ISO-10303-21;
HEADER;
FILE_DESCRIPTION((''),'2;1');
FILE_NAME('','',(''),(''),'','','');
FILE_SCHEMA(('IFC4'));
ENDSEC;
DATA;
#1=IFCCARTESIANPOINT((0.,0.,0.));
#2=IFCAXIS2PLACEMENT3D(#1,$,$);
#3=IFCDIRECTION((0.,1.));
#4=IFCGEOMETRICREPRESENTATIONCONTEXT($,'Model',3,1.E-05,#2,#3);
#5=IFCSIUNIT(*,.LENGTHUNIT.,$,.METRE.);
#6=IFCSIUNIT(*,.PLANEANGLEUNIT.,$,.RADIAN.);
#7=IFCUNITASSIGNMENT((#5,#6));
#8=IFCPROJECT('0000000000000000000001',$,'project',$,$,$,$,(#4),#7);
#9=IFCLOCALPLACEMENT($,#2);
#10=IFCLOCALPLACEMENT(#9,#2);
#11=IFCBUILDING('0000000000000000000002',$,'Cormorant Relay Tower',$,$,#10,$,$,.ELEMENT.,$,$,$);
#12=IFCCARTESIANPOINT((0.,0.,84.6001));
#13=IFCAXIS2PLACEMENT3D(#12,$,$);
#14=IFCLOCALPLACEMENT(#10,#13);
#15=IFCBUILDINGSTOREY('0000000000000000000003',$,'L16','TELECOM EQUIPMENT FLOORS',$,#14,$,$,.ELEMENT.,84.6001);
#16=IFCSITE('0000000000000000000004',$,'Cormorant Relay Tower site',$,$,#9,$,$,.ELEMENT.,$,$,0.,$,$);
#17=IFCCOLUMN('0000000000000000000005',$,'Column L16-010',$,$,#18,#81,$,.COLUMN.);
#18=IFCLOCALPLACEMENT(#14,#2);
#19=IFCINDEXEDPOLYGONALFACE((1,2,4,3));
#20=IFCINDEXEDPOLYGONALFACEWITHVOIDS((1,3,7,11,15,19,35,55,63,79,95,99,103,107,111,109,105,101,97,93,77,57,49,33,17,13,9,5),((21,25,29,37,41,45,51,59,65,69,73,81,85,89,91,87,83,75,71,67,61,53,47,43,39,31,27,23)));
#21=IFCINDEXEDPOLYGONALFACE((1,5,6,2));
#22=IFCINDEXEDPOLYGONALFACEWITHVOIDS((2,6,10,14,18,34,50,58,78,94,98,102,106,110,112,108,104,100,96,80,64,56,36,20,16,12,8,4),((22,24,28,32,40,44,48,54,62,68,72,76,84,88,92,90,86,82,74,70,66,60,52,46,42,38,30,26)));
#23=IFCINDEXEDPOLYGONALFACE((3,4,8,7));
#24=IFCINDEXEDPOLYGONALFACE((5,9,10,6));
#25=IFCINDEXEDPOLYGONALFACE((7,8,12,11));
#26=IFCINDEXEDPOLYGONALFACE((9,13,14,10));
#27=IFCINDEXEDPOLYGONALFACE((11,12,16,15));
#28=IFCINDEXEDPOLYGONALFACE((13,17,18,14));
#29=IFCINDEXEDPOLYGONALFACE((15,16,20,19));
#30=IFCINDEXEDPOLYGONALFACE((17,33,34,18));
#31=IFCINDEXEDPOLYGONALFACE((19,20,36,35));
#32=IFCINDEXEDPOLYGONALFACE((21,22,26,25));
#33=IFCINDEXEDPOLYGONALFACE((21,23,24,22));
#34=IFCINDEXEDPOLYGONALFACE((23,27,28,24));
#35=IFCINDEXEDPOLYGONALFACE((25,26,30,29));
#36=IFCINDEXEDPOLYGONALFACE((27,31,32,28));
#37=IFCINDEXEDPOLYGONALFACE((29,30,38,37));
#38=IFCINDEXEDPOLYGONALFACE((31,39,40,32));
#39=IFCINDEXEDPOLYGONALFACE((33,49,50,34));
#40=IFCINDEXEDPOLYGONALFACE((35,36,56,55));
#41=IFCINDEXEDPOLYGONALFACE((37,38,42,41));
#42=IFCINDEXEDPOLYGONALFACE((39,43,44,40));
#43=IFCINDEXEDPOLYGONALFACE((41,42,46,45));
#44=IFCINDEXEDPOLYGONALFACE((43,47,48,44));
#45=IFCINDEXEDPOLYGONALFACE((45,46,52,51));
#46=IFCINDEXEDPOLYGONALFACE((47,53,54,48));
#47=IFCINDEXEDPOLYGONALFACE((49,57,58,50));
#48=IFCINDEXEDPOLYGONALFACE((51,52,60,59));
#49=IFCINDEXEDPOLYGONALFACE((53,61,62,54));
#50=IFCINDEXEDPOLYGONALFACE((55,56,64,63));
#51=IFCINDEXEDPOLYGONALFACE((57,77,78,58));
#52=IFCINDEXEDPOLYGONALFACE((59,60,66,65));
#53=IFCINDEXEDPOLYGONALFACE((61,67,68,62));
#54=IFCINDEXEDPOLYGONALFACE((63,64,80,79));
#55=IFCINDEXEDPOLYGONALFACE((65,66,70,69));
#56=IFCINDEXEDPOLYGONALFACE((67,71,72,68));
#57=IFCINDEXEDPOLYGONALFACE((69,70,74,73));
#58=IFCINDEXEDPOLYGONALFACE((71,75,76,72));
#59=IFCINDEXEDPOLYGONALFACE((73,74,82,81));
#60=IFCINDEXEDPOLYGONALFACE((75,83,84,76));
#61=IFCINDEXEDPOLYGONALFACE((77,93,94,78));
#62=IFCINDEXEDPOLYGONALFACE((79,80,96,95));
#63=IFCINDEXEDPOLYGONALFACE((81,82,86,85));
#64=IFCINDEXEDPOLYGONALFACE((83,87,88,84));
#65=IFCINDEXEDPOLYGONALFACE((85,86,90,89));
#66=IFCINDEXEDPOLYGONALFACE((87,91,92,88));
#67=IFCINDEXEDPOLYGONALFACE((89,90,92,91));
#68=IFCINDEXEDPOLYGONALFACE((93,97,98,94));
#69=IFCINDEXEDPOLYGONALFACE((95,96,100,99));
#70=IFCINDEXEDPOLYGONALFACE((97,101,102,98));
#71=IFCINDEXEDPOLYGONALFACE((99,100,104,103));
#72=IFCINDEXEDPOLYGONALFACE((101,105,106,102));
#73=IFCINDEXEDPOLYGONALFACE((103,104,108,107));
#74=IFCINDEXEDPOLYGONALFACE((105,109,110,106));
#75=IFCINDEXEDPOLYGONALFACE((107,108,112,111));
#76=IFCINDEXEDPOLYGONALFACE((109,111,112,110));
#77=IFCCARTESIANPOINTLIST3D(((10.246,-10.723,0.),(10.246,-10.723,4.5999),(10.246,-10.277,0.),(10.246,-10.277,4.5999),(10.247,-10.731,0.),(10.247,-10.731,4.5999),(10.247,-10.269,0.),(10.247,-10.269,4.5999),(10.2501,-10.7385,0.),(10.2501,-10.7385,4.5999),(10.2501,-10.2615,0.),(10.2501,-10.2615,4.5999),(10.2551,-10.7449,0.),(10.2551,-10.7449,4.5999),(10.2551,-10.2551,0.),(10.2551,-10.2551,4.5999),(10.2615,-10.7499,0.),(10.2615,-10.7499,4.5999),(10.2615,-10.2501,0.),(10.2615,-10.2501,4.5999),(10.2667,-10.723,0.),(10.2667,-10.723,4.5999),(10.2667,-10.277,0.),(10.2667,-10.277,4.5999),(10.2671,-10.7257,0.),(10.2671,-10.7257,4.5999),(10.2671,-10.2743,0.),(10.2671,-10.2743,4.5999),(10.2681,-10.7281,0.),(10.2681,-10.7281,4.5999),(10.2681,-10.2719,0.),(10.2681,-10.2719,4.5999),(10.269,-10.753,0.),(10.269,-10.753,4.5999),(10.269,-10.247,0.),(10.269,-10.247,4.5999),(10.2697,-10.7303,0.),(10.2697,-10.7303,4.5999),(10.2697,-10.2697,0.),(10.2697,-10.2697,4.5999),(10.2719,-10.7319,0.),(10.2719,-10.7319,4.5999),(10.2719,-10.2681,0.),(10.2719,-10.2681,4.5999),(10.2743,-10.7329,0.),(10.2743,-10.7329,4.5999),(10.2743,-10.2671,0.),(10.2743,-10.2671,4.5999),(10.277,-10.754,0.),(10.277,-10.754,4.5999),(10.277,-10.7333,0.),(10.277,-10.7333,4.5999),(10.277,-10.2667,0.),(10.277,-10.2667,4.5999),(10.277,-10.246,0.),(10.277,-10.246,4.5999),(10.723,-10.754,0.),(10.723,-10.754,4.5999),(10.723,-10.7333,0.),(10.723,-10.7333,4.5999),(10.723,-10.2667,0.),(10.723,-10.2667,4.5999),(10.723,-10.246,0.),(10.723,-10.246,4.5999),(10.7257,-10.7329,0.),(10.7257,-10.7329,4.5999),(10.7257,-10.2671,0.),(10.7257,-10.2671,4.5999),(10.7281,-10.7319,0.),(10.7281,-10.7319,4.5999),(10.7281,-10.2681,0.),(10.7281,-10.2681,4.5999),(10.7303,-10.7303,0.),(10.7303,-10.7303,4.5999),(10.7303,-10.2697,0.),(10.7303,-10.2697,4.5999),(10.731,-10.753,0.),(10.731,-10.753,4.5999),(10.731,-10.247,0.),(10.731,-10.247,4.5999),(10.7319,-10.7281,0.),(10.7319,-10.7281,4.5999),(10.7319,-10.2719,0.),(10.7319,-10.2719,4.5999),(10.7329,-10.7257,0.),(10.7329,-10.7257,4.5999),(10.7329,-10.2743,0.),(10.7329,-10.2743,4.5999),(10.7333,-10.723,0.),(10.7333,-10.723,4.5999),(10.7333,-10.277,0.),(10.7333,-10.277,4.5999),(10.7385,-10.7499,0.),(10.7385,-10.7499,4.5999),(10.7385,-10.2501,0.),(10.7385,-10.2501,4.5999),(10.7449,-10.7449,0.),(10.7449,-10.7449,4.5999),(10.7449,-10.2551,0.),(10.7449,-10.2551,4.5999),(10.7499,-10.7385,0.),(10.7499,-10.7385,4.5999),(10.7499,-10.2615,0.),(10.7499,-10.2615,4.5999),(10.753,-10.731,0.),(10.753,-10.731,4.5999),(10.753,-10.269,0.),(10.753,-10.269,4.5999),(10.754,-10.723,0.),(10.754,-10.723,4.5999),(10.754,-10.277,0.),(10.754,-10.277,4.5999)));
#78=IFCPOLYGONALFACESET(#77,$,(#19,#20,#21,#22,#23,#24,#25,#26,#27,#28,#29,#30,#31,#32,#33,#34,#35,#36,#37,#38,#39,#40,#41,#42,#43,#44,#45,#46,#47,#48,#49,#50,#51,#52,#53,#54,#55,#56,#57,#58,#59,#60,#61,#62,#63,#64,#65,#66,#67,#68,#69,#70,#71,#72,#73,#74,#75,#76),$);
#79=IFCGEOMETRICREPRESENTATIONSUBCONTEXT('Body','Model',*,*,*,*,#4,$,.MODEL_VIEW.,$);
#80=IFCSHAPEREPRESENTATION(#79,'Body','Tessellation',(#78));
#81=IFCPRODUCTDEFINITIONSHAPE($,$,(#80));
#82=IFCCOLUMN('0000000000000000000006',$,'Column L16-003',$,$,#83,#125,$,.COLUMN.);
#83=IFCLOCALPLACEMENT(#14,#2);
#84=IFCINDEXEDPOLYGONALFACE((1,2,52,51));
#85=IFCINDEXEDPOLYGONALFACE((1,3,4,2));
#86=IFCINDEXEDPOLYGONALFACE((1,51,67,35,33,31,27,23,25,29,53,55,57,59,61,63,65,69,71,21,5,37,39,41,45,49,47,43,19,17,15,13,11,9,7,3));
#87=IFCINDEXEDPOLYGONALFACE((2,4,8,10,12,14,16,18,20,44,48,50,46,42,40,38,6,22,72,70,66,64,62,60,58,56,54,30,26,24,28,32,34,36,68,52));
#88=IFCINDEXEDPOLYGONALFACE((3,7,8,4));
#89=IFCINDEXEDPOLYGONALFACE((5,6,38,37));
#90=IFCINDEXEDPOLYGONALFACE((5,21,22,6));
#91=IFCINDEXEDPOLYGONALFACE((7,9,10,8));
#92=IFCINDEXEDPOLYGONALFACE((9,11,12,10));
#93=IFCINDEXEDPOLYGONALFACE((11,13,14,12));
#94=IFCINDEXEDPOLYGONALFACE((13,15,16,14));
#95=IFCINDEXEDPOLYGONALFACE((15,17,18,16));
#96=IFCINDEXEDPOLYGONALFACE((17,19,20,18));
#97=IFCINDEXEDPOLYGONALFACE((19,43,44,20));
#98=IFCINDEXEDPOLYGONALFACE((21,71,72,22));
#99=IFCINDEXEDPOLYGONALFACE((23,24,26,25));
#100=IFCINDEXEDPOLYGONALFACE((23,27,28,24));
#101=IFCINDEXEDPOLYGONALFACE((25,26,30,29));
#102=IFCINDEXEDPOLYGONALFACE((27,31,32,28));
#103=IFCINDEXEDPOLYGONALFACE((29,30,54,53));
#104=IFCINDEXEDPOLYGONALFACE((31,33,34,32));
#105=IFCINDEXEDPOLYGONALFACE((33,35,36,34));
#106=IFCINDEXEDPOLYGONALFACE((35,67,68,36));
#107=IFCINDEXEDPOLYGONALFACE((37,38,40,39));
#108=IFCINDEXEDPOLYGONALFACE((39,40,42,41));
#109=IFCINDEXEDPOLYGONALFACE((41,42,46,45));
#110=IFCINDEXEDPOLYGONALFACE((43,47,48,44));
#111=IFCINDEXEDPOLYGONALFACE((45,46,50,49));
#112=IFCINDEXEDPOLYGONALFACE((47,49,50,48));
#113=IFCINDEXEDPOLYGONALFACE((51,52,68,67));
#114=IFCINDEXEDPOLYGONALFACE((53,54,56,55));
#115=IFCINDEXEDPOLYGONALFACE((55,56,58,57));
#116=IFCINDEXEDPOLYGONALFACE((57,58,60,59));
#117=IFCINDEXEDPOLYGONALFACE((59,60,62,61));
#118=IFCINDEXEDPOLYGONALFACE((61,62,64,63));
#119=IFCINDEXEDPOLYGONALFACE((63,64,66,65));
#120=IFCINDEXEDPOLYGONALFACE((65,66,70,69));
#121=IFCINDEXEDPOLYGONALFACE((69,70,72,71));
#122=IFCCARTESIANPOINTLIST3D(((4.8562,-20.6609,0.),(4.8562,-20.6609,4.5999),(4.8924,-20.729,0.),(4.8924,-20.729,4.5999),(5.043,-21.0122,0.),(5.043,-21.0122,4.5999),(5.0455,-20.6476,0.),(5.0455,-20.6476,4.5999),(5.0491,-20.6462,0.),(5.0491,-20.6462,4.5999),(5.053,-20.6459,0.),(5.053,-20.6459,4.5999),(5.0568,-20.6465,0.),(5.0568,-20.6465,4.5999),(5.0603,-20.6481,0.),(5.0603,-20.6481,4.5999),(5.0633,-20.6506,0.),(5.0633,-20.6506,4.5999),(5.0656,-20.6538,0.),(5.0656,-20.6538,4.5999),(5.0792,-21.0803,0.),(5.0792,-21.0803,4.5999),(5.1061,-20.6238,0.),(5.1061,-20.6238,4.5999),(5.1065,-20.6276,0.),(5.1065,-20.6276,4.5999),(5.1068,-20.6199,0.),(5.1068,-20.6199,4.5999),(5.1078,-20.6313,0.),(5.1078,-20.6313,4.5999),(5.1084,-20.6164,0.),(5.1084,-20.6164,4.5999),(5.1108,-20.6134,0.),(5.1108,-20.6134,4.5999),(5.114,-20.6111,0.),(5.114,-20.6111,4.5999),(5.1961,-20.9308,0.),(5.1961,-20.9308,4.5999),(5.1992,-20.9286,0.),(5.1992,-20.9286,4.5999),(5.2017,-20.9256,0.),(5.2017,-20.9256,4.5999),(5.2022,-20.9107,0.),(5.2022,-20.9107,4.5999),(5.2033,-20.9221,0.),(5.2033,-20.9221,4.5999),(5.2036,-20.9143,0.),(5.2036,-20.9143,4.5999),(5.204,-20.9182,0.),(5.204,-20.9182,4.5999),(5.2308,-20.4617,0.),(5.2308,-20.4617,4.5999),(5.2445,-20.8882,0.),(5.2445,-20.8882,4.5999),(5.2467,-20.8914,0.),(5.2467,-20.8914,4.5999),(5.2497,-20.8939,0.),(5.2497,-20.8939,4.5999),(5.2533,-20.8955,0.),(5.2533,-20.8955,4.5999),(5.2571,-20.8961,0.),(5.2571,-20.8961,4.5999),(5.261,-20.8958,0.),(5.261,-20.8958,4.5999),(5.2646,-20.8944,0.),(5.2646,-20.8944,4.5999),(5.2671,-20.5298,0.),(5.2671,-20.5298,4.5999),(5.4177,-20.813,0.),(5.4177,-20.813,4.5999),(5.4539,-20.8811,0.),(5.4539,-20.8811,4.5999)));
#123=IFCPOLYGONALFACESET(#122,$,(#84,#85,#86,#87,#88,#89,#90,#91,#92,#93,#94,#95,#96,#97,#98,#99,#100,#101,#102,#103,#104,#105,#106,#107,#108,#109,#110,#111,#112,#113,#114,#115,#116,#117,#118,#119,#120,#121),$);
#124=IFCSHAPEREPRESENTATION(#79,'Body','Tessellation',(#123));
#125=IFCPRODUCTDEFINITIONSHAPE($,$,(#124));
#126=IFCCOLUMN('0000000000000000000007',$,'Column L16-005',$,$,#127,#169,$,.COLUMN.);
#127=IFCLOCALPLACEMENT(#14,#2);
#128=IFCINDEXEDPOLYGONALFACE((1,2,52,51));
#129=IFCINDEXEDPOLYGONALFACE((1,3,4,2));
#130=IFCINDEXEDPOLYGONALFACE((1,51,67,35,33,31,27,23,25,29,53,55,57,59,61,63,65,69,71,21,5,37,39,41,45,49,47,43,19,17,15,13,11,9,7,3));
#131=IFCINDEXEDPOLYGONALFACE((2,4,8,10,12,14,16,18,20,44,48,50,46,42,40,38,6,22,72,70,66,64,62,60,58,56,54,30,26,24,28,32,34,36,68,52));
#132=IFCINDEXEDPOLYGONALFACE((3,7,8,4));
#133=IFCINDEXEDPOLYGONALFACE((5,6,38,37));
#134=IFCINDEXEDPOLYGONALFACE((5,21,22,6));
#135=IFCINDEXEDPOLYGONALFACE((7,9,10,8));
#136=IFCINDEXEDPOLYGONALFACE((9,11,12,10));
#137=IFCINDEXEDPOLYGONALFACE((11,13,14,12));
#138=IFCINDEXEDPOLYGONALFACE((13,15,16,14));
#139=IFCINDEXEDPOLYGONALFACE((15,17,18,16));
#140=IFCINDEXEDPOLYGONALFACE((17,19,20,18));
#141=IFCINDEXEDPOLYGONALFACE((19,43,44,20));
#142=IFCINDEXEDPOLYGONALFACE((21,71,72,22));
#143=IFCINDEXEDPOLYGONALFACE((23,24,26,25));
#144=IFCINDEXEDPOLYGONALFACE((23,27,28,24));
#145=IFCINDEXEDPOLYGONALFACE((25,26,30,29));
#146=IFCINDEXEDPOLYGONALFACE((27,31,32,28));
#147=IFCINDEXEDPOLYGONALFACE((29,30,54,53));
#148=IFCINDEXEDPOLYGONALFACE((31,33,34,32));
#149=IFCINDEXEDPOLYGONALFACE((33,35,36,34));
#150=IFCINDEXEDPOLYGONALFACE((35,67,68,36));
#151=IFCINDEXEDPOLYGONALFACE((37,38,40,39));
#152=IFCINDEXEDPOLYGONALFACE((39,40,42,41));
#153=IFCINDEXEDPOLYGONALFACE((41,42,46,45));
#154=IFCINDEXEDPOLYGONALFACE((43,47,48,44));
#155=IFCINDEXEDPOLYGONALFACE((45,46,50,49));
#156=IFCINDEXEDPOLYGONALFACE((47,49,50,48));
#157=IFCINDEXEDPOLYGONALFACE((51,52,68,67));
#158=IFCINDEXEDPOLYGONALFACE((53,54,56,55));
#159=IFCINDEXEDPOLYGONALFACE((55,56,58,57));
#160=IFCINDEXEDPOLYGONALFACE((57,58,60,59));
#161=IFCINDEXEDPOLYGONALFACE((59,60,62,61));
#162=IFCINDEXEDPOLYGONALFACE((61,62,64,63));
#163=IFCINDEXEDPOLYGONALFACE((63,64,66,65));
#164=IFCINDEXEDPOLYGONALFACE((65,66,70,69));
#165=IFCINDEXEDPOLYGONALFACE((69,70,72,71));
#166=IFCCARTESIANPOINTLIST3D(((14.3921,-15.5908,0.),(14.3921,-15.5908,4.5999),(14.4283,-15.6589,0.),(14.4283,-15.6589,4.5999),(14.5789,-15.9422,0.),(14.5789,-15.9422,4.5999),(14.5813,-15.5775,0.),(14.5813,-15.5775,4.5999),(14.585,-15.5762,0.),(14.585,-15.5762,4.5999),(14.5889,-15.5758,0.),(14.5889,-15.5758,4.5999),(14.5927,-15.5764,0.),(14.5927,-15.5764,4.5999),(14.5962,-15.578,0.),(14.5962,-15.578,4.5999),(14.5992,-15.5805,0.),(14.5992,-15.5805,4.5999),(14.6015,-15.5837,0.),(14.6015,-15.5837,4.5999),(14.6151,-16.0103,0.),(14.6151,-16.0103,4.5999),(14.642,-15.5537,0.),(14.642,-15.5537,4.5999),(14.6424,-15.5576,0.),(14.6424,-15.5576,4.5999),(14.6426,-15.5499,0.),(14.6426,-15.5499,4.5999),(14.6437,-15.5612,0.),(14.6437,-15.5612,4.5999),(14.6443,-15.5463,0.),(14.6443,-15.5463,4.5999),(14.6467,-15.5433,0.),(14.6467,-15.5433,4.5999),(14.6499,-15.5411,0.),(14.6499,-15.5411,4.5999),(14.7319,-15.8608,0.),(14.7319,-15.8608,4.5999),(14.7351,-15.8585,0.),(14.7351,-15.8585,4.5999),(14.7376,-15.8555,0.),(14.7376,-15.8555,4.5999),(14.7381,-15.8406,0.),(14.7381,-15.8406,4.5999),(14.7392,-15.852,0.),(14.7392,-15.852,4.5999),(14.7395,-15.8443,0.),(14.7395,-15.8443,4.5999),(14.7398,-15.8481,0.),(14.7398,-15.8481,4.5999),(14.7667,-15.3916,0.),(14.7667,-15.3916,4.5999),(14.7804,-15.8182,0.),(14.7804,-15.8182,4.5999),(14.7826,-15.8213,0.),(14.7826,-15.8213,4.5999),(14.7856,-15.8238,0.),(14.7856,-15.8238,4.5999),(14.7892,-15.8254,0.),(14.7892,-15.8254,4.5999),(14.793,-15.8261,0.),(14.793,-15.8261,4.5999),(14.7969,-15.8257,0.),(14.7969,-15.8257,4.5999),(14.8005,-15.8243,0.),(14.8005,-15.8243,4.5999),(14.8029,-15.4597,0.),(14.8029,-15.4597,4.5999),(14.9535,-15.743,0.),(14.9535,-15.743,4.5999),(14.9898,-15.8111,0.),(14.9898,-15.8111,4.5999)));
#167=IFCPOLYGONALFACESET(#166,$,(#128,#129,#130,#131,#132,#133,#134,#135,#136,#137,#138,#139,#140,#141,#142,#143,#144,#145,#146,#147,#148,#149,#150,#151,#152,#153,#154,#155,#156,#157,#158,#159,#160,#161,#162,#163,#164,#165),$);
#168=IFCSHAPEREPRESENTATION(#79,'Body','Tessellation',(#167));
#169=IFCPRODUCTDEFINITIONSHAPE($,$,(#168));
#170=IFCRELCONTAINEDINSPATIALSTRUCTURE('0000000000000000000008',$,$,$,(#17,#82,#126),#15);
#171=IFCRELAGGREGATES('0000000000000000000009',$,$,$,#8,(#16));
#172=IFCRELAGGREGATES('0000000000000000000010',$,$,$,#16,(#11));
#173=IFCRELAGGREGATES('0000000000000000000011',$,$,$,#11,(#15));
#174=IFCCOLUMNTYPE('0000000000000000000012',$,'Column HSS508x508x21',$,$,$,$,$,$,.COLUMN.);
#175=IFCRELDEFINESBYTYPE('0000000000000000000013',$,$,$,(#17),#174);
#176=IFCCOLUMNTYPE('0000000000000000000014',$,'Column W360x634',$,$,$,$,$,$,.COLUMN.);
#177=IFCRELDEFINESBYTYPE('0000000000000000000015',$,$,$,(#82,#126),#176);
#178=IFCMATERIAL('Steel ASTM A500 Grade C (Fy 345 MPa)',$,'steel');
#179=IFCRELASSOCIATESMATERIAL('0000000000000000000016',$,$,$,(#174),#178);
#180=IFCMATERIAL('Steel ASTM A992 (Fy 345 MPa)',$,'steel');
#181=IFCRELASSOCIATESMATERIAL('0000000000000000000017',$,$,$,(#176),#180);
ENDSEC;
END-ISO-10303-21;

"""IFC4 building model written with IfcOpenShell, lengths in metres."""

from ifc_helpers import new_model, si_unit, direction, frame, origin, origin_2d, place, context, subcontext, project, spatial, hollow_rectangle, i_section, extrude, material, material_profile, profile_set, type_object, element, save


model = new_model("IFC4")

# Units and contexts
model_context = context("Model", 3, precision=1e-05, world=origin(), true_north=direction((0.0, 1.0)))
body_context = subcontext(model_context, "Body", "Model", "MODEL_VIEW")
ifc_project = project(units=[si_unit("LENGTHUNIT", "METRE"), si_unit("PLANEANGLEUNIT", "RADIAN")], contexts=[model_context])

# Site, building, storey
site_placement = place(None, origin())
site = spatial("IfcSite", under=ifc_project, at=site_placement, Name="Cormorant Relay Tower site", CompositionType="ELEMENT", RefElevation=0.0)
building_placement = place(site_placement, origin())
building = spatial("IfcBuilding", under=site, at=building_placement, Name="Cormorant Relay Tower", CompositionType="ELEMENT")
storey_placement = place(building_placement, frame((0.0, 0.0, 84.6001)))
storey = spatial("IfcBuildingStorey", under=building, at=storey_placement, Name="L16", Description="TELECOM EQUIPMENT FLOORS", CompositionType="ELEMENT", Elevation=84.6001)

# Columns
ifc_material_1 = material(Name="Steel ASTM A500 Grade C (Fy 345 MPa)", Category="steel")
ifc_material_profile_1 = material_profile(ifc_material_1, hollow_rectangle(XDim=0.5081, YDim=0.5081, WallThickness=0.0208, InnerFilletRadius=0.0103, OuterFilletRadius=0.031, at=origin_2d()), Name="HSS508x508x21")
ifc_profile_set_1 = profile_set([ifc_material_profile_1], Name="Steel ASTM A500 Grade C (Fy 345 MPa)")
column_type_1 = type_object("IfcColumnType", Name="Column HSS508x508x21", PredefinedType="COLUMN", material=ifc_profile_set_1)
column_1_placement = place(storey_placement, frame((10.5, -10.5, 0.0), z_axis=(0.0, 0.0, 1.0), x_axis=(1.0, 0.0, 0.0)))
element("IfcColumn", 1, at=column_1_placement, inside=storey, type_object=column_type_1, Name="Column L16-010", PredefinedType="COLUMN", context=body_context, shape_type="SweptSolid", body=[
    extrude(hollow_rectangle(XDim=0.5081, YDim=0.5081, WallThickness=0.0208, InnerFilletRadius=0.0103, OuterFilletRadius=0.031, at=origin_2d()), origin(), (0.0, 0.0, 1.0), 4.5999),
])
ifc_material_2 = material(Name="Steel ASTM A992 (Fy 345 MPa)", Category="steel")
ifc_material_profile_2 = material_profile(ifc_material_2, i_section(OverallWidth=0.4243, OverallDepth=0.4751, WebThickness=0.0479, FlangeThickness=0.0771, FilletRadius=0.0149, at=origin_2d()), Name="W360x634")
ifc_profile_set_2 = profile_set([ifc_material_profile_2], Name="Steel ASTM A992 (Fy 345 MPa)")
column_type_2 = type_object("IfcColumnType", Name="Column W360x634", PredefinedType="COLUMN", material=ifc_profile_set_2)
for number, where, z_axis, x_axis, name in (
    (2, (5.155, -20.771, 0.0), (0.0, 0.0, 1.0), (0.882948, 0.469472, 0.0), "Column L16-003"),
    (3, (14.6909, -15.7009, 0.0), (0.0, 0.0, 1.0), (0.882948, 0.469472, 0.0), "Column L16-005"),
):
    element("IfcColumn", number, at=place(storey_placement, frame(where, z_axis=z_axis, x_axis=x_axis)), inside=storey, type_object=column_type_2, Name=name, PredefinedType="COLUMN", context=body_context, shape_type="SweptSolid", body=[
        extrude(i_section(OverallWidth=0.4243, OverallDepth=0.4751, WebThickness=0.0479, FlangeThickness=0.0771, FilletRadius=0.0149, at=origin_2d()), origin(), (0.0, 0.0, 1.0), 4.5999),
    ])

save(model, "model.ifc")
